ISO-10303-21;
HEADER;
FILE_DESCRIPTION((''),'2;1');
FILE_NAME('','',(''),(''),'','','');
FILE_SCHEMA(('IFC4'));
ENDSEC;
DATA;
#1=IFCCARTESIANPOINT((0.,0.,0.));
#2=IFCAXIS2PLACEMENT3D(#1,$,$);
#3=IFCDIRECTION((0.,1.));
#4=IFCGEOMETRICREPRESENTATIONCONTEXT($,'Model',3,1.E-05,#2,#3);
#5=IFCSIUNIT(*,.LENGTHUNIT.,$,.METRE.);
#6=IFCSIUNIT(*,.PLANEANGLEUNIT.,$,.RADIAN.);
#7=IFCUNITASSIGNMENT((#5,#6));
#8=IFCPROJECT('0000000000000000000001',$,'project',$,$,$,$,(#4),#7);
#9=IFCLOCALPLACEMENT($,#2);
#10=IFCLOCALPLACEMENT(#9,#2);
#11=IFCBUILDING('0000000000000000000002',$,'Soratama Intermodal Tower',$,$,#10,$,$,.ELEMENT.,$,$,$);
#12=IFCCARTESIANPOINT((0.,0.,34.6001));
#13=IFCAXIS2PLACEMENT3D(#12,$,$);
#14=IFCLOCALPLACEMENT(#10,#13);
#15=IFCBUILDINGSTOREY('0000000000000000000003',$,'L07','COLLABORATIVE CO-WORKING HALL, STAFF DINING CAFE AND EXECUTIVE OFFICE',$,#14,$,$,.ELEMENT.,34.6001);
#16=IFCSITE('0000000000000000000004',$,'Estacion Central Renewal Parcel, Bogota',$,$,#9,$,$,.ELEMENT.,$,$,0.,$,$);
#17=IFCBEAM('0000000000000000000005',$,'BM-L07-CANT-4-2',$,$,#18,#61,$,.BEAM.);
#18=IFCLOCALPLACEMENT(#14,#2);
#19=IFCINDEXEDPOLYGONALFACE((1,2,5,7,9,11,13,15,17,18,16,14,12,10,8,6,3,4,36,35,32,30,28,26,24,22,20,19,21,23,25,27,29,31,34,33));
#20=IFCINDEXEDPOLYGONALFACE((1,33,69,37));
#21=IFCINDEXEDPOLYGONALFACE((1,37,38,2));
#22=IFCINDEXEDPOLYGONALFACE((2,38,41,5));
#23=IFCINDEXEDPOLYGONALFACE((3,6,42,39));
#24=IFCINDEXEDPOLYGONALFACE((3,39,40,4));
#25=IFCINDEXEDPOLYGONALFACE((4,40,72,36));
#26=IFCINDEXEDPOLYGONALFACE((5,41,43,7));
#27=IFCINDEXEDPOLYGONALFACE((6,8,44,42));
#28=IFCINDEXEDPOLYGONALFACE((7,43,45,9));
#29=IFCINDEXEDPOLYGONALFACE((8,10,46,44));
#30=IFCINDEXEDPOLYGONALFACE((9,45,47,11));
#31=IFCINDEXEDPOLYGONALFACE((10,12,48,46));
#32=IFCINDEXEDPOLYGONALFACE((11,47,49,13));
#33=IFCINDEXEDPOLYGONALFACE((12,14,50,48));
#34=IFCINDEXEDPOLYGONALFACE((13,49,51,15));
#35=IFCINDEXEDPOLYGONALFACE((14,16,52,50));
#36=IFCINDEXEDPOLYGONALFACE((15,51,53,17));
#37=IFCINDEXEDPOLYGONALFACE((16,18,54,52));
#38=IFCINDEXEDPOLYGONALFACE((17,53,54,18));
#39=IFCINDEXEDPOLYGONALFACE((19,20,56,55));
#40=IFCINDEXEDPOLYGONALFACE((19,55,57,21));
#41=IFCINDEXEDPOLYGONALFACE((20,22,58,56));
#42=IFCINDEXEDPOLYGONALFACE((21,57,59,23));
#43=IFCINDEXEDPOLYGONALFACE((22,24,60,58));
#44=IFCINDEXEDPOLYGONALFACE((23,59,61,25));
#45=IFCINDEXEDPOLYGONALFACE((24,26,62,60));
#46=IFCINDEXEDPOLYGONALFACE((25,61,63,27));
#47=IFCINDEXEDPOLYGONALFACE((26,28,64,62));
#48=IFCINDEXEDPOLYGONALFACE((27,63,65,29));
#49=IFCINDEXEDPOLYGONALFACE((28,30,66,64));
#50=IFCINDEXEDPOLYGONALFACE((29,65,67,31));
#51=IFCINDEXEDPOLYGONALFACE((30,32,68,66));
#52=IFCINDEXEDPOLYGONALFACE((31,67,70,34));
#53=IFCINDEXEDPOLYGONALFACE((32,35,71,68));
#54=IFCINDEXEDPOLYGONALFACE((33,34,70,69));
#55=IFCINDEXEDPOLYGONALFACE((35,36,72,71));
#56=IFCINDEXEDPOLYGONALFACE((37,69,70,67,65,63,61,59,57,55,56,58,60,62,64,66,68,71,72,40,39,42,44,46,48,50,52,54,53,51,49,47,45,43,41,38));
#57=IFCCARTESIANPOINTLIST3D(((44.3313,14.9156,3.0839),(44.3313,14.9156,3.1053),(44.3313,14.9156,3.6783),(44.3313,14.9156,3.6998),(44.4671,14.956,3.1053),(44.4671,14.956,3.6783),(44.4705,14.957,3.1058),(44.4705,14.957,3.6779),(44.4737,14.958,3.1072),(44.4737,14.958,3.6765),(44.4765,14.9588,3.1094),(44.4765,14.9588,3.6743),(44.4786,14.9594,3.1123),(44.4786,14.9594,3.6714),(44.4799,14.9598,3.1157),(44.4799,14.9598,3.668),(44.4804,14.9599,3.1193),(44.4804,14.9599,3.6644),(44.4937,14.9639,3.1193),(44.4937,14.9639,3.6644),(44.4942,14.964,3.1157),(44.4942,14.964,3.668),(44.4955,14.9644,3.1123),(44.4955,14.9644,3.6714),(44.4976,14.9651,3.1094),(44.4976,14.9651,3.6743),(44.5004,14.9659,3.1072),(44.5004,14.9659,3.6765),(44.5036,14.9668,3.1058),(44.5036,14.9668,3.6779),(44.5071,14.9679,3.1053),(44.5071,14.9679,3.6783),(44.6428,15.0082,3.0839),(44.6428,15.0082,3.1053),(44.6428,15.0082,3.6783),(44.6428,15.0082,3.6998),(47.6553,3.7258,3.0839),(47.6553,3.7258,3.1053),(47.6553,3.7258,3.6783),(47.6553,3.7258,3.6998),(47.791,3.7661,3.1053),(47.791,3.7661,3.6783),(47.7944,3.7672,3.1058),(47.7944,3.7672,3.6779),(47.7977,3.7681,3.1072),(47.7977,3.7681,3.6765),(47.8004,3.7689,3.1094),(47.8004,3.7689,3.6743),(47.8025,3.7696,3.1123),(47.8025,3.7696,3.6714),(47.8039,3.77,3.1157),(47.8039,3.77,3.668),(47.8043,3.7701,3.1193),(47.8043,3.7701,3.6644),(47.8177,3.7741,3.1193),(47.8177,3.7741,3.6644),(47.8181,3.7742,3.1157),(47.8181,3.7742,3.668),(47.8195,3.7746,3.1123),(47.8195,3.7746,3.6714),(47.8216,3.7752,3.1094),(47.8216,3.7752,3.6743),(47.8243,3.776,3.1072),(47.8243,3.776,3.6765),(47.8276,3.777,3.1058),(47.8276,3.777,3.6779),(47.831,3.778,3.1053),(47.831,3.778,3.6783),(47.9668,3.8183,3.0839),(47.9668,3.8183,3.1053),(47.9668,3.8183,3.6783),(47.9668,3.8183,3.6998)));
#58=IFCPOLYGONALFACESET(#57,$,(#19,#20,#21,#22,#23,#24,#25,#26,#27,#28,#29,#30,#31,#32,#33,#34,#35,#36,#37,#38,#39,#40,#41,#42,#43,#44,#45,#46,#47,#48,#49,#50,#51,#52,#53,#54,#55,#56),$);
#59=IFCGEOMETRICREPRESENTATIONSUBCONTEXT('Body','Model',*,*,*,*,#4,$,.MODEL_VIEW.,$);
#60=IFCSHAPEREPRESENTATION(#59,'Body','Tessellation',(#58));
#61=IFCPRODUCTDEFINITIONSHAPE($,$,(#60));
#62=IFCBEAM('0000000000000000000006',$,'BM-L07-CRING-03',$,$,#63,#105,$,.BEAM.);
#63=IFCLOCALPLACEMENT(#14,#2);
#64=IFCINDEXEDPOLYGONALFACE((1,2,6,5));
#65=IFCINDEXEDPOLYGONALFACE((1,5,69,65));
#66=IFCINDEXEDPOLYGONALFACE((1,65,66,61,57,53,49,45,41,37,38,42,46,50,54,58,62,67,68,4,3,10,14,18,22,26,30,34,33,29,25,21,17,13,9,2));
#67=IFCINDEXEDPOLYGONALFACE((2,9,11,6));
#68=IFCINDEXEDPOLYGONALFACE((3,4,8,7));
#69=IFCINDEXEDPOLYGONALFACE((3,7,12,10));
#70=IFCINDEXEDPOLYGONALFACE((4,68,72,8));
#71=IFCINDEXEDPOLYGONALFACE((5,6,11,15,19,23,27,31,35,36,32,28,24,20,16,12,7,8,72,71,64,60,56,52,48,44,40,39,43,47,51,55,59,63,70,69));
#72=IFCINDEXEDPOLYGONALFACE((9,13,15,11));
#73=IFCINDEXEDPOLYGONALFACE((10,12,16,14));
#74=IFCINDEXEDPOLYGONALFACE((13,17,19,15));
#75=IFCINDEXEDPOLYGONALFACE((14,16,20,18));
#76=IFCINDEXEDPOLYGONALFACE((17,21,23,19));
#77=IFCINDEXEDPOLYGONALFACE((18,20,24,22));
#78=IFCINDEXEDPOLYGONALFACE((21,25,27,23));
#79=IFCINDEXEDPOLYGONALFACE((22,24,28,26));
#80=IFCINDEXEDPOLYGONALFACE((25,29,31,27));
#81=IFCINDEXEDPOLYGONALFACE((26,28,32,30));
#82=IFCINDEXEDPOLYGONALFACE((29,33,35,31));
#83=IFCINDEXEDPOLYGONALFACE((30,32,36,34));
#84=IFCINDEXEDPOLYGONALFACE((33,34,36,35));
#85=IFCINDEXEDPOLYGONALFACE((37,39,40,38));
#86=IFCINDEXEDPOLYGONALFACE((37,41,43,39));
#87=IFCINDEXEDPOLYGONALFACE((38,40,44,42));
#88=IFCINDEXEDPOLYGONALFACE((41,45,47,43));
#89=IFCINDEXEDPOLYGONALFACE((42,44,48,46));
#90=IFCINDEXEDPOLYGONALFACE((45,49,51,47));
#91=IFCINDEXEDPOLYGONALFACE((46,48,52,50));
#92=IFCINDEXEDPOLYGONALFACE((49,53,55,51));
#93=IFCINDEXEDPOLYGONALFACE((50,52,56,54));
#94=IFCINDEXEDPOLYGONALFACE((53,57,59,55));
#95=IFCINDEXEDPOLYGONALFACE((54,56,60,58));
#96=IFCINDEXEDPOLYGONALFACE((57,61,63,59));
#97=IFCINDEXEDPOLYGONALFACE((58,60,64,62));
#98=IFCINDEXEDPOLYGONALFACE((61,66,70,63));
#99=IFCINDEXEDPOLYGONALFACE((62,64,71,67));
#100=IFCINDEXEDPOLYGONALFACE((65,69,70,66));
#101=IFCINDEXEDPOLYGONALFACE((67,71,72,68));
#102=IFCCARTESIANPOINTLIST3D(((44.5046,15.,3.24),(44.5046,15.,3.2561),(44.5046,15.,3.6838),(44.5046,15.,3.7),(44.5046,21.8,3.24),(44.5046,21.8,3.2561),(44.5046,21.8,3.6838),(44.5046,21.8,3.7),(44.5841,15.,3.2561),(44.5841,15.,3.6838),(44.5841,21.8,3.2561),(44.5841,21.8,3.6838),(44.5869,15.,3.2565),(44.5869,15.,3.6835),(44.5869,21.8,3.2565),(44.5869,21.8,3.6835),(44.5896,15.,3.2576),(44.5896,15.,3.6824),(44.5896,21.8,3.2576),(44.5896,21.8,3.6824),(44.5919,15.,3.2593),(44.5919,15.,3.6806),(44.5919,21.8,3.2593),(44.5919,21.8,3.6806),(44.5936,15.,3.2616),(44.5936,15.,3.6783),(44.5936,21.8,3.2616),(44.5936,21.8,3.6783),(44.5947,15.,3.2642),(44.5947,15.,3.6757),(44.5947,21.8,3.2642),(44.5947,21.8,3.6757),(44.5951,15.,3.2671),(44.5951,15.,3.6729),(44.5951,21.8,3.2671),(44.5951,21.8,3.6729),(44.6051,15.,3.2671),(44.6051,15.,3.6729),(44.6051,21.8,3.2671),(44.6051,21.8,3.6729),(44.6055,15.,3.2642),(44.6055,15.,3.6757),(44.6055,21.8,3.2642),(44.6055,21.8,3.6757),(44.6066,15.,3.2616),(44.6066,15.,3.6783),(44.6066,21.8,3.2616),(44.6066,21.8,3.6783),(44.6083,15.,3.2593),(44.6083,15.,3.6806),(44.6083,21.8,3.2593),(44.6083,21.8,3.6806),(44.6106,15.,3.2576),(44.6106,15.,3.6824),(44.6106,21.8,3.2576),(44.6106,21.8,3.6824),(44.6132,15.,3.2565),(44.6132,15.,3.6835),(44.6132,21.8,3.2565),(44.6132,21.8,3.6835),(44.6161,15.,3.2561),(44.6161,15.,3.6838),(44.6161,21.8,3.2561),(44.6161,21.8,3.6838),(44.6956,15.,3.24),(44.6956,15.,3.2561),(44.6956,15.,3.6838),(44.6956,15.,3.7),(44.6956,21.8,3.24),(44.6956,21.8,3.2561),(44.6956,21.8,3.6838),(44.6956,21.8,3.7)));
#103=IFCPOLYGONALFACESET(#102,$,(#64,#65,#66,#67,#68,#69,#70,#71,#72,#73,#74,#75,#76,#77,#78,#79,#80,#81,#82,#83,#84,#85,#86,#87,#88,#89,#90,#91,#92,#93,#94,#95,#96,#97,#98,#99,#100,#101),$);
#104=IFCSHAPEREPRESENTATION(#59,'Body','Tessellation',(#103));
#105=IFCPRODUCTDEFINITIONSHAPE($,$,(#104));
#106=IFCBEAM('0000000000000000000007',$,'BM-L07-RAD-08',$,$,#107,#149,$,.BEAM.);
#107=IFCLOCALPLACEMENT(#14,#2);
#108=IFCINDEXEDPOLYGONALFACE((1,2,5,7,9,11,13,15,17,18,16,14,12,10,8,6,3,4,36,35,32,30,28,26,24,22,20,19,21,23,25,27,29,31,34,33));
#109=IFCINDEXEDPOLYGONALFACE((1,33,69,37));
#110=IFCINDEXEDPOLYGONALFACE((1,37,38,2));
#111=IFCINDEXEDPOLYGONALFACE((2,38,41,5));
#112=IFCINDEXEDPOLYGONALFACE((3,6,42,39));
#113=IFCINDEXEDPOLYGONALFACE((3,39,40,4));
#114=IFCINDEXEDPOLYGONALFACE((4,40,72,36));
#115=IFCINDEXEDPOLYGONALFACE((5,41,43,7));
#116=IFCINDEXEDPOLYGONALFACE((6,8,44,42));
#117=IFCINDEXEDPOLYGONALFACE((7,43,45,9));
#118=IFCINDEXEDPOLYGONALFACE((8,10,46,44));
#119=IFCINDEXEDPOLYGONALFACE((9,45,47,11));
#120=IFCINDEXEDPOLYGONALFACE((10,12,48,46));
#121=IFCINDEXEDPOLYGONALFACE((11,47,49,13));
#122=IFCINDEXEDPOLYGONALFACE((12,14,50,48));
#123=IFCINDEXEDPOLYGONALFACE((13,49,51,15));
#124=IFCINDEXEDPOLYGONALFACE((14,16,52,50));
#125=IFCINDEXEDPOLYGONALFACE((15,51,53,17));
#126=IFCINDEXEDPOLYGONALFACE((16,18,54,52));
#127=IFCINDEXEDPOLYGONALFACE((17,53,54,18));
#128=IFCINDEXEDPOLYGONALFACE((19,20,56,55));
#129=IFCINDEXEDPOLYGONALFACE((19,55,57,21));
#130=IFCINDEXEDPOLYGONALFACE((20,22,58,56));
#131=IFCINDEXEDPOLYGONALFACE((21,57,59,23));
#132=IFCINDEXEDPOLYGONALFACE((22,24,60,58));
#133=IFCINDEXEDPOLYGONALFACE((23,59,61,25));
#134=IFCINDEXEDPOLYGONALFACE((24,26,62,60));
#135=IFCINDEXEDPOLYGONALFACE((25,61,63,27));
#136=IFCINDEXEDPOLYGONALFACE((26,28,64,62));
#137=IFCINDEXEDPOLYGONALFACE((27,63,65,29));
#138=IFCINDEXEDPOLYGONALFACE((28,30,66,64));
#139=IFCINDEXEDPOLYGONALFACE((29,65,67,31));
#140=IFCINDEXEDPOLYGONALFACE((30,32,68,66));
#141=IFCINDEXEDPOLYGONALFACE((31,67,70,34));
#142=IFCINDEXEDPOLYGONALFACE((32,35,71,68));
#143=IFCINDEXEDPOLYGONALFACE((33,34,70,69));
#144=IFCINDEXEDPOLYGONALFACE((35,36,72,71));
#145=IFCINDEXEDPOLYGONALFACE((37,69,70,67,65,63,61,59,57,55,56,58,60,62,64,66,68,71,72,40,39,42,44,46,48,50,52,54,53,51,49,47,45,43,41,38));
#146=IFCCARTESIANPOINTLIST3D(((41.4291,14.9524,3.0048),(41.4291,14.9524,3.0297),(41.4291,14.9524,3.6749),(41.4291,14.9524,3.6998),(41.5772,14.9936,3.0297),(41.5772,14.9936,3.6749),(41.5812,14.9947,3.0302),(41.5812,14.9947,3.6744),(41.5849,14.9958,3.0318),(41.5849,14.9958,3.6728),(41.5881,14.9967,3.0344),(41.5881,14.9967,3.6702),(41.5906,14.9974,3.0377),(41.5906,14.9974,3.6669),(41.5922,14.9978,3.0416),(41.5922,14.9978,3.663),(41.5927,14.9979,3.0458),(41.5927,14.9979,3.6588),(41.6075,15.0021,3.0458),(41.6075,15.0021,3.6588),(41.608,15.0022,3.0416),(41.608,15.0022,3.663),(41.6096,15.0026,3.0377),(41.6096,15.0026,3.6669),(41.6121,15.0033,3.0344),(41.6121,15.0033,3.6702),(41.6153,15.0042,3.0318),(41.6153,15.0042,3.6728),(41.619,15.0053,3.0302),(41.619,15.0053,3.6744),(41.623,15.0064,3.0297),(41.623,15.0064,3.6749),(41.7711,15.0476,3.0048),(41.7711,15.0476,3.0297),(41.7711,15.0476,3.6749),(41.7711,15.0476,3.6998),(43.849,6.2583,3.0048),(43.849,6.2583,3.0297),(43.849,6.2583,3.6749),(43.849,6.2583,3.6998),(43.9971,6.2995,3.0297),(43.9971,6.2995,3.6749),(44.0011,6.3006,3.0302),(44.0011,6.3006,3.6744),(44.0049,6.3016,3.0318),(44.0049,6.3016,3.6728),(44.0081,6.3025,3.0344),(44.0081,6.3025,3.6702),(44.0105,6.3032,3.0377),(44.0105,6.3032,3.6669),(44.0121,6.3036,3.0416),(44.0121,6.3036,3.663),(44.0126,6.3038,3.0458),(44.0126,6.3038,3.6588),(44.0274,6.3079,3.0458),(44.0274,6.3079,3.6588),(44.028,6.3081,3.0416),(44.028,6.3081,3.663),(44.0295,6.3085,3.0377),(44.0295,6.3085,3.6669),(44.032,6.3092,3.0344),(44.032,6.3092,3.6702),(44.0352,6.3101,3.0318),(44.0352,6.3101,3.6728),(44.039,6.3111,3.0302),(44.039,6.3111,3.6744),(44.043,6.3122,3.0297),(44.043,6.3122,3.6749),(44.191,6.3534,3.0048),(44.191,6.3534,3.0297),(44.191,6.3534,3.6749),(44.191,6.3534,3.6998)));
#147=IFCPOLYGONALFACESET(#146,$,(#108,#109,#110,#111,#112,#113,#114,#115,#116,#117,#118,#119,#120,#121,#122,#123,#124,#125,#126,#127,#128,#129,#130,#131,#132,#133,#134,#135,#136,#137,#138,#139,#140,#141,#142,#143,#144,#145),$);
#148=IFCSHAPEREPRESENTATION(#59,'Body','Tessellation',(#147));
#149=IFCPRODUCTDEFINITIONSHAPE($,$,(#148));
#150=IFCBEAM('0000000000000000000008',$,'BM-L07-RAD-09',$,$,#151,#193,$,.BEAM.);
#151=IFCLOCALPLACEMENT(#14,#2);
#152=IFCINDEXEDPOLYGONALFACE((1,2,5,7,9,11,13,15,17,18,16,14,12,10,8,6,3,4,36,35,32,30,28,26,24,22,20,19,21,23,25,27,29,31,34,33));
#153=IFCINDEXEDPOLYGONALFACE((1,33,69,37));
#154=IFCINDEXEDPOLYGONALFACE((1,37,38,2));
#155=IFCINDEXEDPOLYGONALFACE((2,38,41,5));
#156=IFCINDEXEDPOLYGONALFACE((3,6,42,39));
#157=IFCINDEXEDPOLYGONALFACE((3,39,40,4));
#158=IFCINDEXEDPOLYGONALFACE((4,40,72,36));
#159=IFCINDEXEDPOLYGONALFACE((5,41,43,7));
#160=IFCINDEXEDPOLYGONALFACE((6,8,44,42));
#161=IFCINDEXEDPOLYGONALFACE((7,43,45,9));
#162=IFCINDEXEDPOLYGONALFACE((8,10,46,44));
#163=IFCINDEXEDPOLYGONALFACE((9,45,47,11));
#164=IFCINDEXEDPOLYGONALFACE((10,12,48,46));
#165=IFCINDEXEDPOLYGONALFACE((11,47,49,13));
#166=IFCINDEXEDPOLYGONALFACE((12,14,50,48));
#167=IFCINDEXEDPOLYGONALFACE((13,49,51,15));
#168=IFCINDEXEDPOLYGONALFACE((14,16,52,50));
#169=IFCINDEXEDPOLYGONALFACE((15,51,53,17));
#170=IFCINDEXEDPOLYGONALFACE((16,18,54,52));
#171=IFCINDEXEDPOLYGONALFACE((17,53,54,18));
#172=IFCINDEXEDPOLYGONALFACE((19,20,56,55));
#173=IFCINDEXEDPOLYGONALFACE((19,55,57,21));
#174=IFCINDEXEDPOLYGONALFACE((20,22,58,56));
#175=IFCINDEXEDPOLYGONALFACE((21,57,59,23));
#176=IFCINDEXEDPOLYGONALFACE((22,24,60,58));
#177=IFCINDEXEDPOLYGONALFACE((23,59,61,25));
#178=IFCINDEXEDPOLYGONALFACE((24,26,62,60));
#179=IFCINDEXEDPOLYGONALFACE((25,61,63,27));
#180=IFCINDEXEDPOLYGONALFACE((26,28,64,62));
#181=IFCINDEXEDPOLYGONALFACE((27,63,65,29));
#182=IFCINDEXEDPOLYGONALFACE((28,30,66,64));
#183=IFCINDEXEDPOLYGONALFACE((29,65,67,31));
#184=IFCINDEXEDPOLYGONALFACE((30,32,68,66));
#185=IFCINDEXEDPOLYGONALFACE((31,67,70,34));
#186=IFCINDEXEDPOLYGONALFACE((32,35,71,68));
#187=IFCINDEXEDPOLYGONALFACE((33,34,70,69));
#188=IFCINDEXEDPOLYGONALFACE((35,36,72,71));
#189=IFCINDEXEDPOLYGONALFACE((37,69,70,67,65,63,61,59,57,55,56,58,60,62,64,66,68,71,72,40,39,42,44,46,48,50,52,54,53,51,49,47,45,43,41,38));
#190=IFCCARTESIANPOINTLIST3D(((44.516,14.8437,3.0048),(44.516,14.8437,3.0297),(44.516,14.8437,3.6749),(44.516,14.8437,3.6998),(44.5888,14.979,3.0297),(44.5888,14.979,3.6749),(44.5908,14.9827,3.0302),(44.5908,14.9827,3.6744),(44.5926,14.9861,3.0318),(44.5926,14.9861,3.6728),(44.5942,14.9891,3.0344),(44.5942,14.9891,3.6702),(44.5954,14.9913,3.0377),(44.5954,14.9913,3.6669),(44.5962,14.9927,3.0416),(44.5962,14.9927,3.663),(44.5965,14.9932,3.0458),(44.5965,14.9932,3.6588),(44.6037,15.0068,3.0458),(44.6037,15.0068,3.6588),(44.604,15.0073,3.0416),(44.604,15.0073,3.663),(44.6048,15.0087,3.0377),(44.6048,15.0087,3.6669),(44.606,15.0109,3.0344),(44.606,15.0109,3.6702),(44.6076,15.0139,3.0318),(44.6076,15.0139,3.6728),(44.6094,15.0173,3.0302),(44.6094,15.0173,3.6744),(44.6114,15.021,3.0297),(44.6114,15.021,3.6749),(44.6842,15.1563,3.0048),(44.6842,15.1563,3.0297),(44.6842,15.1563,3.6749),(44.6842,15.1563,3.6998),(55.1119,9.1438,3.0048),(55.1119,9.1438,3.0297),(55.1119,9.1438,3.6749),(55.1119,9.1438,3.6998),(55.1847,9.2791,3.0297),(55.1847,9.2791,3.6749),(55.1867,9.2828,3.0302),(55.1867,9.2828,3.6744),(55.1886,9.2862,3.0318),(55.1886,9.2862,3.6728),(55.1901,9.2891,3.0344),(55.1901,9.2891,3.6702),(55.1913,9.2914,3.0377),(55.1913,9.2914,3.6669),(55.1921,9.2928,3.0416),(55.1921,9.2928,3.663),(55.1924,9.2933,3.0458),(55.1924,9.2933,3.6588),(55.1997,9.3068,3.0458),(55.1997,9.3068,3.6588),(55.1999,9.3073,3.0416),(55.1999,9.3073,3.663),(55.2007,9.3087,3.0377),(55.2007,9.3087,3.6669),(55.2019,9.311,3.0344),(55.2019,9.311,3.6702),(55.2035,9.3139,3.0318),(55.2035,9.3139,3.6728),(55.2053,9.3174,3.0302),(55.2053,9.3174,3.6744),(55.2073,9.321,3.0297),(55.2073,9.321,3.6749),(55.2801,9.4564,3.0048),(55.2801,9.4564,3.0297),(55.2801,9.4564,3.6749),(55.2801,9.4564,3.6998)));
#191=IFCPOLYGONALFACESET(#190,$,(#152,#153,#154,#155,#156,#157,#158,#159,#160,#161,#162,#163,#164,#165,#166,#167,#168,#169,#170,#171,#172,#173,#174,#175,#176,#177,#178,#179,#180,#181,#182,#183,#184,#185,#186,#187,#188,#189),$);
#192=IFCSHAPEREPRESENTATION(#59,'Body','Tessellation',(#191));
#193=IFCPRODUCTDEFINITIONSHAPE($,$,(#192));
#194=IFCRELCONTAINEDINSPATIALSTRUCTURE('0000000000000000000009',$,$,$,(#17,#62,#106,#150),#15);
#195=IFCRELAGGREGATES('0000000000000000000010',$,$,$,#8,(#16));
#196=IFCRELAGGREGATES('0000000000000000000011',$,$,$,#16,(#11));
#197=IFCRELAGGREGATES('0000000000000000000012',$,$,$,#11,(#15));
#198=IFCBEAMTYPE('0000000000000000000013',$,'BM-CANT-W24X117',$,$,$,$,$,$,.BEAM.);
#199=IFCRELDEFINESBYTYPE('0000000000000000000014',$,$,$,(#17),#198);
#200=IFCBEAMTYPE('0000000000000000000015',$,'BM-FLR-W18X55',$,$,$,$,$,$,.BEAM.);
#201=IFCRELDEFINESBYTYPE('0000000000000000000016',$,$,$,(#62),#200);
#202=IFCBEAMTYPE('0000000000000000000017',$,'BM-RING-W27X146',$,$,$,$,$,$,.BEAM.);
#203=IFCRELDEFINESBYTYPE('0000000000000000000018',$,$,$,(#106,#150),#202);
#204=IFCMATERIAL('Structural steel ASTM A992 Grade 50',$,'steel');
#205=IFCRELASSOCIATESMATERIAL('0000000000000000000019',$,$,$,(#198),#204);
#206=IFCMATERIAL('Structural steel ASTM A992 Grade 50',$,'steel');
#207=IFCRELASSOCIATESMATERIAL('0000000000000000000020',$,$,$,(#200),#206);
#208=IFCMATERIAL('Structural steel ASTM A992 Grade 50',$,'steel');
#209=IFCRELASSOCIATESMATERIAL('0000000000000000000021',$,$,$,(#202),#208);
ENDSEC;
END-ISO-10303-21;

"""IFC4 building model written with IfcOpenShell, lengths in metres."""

from ifc_helpers import new_model, si_unit, direction, frame, origin, origin_2d, place, context, subcontext, project, spatial, i_section, extrude, material, material_profile, profile_set, type_object, element, save


model = new_model("IFC4")

# Units and contexts
model_context = context("Model", 3, precision=1e-05, world=origin(), true_north=direction((0.0, 1.0)))
body_context = subcontext(model_context, "Body", "Model", "MODEL_VIEW")
ifc_project = project(units=[si_unit("LENGTHUNIT", "METRE"), si_unit("PLANEANGLEUNIT", "RADIAN")], contexts=[model_context])

# Site, building, storey
site_placement = place(None, origin())
site = spatial("IfcSite", under=ifc_project, at=site_placement, Name="Estacion Central Renewal Parcel, Bogota", CompositionType="ELEMENT", RefElevation=0.0)
building_placement = place(site_placement, origin())
building = spatial("IfcBuilding", under=site, at=building_placement, Name="Soratama Intermodal Tower", CompositionType="ELEMENT")
storey_placement = place(building_placement, frame((0.0, 0.0, 34.6001)))
storey = spatial("IfcBuildingStorey", under=building, at=storey_placement, Name="L07", Description="COLLABORATIVE CO-WORKING HALL, STAFF DINING CAFE AND EXECUTIVE OFFICE", CompositionType="ELEMENT", Elevation=34.6001)

# Beams
ifc_material_1 = material(Name="Structural steel ASTM A992 Grade 50", Category="steel")
ifc_material_profile_1 = material_profile(ifc_material_1, i_section(OverallWidth=0.325, OverallDepth=0.616, WebThickness=0.0139, FlangeThickness=0.0215, FilletRadius=0.0139, at=origin_2d()), Name="W24X117")
ifc_profile_set_1 = profile_set([ifc_material_profile_1], Name="Structural steel ASTM A992 Grade 50")
beam_type_1 = type_object("IfcBeamType", Name="BM-CANT-W24X117", PredefinedType="BEAM", material=ifc_profile_set_1)
beam_1_placement = place(storey_placement, frame((44.4871, 14.9619, 3.3918), z_axis=(0.284753, -0.958601, 0.0), x_axis=(0.958601, 0.284753, 0.0)))
element("IfcBeam", 1, at=beam_1_placement, inside=storey, type_object=beam_type_1, Name="BM-L07-CANT-4-2", PredefinedType="BEAM", context=body_context, shape_type="SweptSolid", body=[
    extrude(i_section(OverallWidth=0.325, OverallDepth=0.616, WebThickness=0.0139, FlangeThickness=0.0215, FilletRadius=0.0139, at=origin_2d()), origin(), (0.0, 0.0, 1.0), 11.6731),
])
ifc_material_2 = material(Name="Structural steel ASTM A992 Grade 50", Category="steel")
ifc_material_profile_2 = material_profile(ifc_material_2, i_section(OverallWidth=0.1909, OverallDepth=0.46, WebThickness=0.01, FlangeThickness=0.0161, FilletRadius=0.011, at=origin_2d()), Name="W18X55")
ifc_profile_set_2 = profile_set([ifc_material_profile_2], Name="Structural steel ASTM A992 Grade 50")
beam_type_2 = type_object("IfcBeamType", Name="BM-FLR-W18X55", PredefinedType="BEAM", material=ifc_profile_set_2)
beam_2_placement = place(storey_placement, frame((44.6001, 15.0, 3.47), z_axis=(0.0, 1.0, 0.0), x_axis=(-1.0, 0.0, 0.0)))
element("IfcBeam", 2, at=beam_2_placement, inside=storey, type_object=beam_type_2, Name="BM-L07-CRING-03", PredefinedType="BEAM", context=body_context, shape_type="SweptSolid", body=[
    extrude(i_section(OverallWidth=0.1909, OverallDepth=0.46, WebThickness=0.01, FlangeThickness=0.0161, FilletRadius=0.011, at=origin_2d()), origin(), (0.0, 0.0, 1.0), 6.8),
])
ifc_material_3 = material(Name="Structural steel ASTM A992 Grade 50", Category="steel")
ifc_material_profile_3 = material_profile(ifc_material_3, i_section(OverallWidth=0.355, OverallDepth=0.6951, WebThickness=0.0154, FlangeThickness=0.0249, FilletRadius=0.0161, at=origin_2d()), Name="W27X146")
ifc_profile_set_3 = profile_set([ifc_material_profile_3], Name="Structural steel ASTM A992 Grade 50")
beam_type_3 = type_object("IfcBeamType", Name="BM-RING-W27X146", PredefinedType="BEAM", material=ifc_profile_set_3)
beam_3_placement = place(storey_placement, frame((41.6001, 15.0, 3.3523), z_axis=(0.268148, -0.963378, 0.0), x_axis=(0.963378, 0.268148, 0.0)))
element("IfcBeam", 3, at=beam_3_placement, inside=storey, type_object=beam_type_3, Name="BM-L07-RAD-08", PredefinedType="BEAM", context=body_context, shape_type="SweptSolid", body=[
    extrude(i_section(OverallWidth=0.355, OverallDepth=0.6951, WebThickness=0.0154, FlangeThickness=0.0249, FilletRadius=0.0161, at=origin_2d()), origin(), (0.0, 0.0, 1.0), 9.0247),
])
beam_4_placement = place(storey_placement, frame((44.6001, 15.0, 3.3523), z_axis=(0.880664, -0.473742, 0.0), x_axis=(0.473742, 0.880664, 0.0)))
element("IfcBeam", 4, at=beam_4_placement, inside=storey, type_object=beam_type_3, Name="BM-L07-RAD-09", PredefinedType="BEAM", context=body_context, shape_type="SweptSolid", body=[
    extrude(i_section(OverallWidth=0.355, OverallDepth=0.6951, WebThickness=0.0154, FlangeThickness=0.0249, FilletRadius=0.0161, at=origin_2d()), origin(), (0.0, 0.0, 1.0), 12.0317),
])

save(model, "model.ifc")
